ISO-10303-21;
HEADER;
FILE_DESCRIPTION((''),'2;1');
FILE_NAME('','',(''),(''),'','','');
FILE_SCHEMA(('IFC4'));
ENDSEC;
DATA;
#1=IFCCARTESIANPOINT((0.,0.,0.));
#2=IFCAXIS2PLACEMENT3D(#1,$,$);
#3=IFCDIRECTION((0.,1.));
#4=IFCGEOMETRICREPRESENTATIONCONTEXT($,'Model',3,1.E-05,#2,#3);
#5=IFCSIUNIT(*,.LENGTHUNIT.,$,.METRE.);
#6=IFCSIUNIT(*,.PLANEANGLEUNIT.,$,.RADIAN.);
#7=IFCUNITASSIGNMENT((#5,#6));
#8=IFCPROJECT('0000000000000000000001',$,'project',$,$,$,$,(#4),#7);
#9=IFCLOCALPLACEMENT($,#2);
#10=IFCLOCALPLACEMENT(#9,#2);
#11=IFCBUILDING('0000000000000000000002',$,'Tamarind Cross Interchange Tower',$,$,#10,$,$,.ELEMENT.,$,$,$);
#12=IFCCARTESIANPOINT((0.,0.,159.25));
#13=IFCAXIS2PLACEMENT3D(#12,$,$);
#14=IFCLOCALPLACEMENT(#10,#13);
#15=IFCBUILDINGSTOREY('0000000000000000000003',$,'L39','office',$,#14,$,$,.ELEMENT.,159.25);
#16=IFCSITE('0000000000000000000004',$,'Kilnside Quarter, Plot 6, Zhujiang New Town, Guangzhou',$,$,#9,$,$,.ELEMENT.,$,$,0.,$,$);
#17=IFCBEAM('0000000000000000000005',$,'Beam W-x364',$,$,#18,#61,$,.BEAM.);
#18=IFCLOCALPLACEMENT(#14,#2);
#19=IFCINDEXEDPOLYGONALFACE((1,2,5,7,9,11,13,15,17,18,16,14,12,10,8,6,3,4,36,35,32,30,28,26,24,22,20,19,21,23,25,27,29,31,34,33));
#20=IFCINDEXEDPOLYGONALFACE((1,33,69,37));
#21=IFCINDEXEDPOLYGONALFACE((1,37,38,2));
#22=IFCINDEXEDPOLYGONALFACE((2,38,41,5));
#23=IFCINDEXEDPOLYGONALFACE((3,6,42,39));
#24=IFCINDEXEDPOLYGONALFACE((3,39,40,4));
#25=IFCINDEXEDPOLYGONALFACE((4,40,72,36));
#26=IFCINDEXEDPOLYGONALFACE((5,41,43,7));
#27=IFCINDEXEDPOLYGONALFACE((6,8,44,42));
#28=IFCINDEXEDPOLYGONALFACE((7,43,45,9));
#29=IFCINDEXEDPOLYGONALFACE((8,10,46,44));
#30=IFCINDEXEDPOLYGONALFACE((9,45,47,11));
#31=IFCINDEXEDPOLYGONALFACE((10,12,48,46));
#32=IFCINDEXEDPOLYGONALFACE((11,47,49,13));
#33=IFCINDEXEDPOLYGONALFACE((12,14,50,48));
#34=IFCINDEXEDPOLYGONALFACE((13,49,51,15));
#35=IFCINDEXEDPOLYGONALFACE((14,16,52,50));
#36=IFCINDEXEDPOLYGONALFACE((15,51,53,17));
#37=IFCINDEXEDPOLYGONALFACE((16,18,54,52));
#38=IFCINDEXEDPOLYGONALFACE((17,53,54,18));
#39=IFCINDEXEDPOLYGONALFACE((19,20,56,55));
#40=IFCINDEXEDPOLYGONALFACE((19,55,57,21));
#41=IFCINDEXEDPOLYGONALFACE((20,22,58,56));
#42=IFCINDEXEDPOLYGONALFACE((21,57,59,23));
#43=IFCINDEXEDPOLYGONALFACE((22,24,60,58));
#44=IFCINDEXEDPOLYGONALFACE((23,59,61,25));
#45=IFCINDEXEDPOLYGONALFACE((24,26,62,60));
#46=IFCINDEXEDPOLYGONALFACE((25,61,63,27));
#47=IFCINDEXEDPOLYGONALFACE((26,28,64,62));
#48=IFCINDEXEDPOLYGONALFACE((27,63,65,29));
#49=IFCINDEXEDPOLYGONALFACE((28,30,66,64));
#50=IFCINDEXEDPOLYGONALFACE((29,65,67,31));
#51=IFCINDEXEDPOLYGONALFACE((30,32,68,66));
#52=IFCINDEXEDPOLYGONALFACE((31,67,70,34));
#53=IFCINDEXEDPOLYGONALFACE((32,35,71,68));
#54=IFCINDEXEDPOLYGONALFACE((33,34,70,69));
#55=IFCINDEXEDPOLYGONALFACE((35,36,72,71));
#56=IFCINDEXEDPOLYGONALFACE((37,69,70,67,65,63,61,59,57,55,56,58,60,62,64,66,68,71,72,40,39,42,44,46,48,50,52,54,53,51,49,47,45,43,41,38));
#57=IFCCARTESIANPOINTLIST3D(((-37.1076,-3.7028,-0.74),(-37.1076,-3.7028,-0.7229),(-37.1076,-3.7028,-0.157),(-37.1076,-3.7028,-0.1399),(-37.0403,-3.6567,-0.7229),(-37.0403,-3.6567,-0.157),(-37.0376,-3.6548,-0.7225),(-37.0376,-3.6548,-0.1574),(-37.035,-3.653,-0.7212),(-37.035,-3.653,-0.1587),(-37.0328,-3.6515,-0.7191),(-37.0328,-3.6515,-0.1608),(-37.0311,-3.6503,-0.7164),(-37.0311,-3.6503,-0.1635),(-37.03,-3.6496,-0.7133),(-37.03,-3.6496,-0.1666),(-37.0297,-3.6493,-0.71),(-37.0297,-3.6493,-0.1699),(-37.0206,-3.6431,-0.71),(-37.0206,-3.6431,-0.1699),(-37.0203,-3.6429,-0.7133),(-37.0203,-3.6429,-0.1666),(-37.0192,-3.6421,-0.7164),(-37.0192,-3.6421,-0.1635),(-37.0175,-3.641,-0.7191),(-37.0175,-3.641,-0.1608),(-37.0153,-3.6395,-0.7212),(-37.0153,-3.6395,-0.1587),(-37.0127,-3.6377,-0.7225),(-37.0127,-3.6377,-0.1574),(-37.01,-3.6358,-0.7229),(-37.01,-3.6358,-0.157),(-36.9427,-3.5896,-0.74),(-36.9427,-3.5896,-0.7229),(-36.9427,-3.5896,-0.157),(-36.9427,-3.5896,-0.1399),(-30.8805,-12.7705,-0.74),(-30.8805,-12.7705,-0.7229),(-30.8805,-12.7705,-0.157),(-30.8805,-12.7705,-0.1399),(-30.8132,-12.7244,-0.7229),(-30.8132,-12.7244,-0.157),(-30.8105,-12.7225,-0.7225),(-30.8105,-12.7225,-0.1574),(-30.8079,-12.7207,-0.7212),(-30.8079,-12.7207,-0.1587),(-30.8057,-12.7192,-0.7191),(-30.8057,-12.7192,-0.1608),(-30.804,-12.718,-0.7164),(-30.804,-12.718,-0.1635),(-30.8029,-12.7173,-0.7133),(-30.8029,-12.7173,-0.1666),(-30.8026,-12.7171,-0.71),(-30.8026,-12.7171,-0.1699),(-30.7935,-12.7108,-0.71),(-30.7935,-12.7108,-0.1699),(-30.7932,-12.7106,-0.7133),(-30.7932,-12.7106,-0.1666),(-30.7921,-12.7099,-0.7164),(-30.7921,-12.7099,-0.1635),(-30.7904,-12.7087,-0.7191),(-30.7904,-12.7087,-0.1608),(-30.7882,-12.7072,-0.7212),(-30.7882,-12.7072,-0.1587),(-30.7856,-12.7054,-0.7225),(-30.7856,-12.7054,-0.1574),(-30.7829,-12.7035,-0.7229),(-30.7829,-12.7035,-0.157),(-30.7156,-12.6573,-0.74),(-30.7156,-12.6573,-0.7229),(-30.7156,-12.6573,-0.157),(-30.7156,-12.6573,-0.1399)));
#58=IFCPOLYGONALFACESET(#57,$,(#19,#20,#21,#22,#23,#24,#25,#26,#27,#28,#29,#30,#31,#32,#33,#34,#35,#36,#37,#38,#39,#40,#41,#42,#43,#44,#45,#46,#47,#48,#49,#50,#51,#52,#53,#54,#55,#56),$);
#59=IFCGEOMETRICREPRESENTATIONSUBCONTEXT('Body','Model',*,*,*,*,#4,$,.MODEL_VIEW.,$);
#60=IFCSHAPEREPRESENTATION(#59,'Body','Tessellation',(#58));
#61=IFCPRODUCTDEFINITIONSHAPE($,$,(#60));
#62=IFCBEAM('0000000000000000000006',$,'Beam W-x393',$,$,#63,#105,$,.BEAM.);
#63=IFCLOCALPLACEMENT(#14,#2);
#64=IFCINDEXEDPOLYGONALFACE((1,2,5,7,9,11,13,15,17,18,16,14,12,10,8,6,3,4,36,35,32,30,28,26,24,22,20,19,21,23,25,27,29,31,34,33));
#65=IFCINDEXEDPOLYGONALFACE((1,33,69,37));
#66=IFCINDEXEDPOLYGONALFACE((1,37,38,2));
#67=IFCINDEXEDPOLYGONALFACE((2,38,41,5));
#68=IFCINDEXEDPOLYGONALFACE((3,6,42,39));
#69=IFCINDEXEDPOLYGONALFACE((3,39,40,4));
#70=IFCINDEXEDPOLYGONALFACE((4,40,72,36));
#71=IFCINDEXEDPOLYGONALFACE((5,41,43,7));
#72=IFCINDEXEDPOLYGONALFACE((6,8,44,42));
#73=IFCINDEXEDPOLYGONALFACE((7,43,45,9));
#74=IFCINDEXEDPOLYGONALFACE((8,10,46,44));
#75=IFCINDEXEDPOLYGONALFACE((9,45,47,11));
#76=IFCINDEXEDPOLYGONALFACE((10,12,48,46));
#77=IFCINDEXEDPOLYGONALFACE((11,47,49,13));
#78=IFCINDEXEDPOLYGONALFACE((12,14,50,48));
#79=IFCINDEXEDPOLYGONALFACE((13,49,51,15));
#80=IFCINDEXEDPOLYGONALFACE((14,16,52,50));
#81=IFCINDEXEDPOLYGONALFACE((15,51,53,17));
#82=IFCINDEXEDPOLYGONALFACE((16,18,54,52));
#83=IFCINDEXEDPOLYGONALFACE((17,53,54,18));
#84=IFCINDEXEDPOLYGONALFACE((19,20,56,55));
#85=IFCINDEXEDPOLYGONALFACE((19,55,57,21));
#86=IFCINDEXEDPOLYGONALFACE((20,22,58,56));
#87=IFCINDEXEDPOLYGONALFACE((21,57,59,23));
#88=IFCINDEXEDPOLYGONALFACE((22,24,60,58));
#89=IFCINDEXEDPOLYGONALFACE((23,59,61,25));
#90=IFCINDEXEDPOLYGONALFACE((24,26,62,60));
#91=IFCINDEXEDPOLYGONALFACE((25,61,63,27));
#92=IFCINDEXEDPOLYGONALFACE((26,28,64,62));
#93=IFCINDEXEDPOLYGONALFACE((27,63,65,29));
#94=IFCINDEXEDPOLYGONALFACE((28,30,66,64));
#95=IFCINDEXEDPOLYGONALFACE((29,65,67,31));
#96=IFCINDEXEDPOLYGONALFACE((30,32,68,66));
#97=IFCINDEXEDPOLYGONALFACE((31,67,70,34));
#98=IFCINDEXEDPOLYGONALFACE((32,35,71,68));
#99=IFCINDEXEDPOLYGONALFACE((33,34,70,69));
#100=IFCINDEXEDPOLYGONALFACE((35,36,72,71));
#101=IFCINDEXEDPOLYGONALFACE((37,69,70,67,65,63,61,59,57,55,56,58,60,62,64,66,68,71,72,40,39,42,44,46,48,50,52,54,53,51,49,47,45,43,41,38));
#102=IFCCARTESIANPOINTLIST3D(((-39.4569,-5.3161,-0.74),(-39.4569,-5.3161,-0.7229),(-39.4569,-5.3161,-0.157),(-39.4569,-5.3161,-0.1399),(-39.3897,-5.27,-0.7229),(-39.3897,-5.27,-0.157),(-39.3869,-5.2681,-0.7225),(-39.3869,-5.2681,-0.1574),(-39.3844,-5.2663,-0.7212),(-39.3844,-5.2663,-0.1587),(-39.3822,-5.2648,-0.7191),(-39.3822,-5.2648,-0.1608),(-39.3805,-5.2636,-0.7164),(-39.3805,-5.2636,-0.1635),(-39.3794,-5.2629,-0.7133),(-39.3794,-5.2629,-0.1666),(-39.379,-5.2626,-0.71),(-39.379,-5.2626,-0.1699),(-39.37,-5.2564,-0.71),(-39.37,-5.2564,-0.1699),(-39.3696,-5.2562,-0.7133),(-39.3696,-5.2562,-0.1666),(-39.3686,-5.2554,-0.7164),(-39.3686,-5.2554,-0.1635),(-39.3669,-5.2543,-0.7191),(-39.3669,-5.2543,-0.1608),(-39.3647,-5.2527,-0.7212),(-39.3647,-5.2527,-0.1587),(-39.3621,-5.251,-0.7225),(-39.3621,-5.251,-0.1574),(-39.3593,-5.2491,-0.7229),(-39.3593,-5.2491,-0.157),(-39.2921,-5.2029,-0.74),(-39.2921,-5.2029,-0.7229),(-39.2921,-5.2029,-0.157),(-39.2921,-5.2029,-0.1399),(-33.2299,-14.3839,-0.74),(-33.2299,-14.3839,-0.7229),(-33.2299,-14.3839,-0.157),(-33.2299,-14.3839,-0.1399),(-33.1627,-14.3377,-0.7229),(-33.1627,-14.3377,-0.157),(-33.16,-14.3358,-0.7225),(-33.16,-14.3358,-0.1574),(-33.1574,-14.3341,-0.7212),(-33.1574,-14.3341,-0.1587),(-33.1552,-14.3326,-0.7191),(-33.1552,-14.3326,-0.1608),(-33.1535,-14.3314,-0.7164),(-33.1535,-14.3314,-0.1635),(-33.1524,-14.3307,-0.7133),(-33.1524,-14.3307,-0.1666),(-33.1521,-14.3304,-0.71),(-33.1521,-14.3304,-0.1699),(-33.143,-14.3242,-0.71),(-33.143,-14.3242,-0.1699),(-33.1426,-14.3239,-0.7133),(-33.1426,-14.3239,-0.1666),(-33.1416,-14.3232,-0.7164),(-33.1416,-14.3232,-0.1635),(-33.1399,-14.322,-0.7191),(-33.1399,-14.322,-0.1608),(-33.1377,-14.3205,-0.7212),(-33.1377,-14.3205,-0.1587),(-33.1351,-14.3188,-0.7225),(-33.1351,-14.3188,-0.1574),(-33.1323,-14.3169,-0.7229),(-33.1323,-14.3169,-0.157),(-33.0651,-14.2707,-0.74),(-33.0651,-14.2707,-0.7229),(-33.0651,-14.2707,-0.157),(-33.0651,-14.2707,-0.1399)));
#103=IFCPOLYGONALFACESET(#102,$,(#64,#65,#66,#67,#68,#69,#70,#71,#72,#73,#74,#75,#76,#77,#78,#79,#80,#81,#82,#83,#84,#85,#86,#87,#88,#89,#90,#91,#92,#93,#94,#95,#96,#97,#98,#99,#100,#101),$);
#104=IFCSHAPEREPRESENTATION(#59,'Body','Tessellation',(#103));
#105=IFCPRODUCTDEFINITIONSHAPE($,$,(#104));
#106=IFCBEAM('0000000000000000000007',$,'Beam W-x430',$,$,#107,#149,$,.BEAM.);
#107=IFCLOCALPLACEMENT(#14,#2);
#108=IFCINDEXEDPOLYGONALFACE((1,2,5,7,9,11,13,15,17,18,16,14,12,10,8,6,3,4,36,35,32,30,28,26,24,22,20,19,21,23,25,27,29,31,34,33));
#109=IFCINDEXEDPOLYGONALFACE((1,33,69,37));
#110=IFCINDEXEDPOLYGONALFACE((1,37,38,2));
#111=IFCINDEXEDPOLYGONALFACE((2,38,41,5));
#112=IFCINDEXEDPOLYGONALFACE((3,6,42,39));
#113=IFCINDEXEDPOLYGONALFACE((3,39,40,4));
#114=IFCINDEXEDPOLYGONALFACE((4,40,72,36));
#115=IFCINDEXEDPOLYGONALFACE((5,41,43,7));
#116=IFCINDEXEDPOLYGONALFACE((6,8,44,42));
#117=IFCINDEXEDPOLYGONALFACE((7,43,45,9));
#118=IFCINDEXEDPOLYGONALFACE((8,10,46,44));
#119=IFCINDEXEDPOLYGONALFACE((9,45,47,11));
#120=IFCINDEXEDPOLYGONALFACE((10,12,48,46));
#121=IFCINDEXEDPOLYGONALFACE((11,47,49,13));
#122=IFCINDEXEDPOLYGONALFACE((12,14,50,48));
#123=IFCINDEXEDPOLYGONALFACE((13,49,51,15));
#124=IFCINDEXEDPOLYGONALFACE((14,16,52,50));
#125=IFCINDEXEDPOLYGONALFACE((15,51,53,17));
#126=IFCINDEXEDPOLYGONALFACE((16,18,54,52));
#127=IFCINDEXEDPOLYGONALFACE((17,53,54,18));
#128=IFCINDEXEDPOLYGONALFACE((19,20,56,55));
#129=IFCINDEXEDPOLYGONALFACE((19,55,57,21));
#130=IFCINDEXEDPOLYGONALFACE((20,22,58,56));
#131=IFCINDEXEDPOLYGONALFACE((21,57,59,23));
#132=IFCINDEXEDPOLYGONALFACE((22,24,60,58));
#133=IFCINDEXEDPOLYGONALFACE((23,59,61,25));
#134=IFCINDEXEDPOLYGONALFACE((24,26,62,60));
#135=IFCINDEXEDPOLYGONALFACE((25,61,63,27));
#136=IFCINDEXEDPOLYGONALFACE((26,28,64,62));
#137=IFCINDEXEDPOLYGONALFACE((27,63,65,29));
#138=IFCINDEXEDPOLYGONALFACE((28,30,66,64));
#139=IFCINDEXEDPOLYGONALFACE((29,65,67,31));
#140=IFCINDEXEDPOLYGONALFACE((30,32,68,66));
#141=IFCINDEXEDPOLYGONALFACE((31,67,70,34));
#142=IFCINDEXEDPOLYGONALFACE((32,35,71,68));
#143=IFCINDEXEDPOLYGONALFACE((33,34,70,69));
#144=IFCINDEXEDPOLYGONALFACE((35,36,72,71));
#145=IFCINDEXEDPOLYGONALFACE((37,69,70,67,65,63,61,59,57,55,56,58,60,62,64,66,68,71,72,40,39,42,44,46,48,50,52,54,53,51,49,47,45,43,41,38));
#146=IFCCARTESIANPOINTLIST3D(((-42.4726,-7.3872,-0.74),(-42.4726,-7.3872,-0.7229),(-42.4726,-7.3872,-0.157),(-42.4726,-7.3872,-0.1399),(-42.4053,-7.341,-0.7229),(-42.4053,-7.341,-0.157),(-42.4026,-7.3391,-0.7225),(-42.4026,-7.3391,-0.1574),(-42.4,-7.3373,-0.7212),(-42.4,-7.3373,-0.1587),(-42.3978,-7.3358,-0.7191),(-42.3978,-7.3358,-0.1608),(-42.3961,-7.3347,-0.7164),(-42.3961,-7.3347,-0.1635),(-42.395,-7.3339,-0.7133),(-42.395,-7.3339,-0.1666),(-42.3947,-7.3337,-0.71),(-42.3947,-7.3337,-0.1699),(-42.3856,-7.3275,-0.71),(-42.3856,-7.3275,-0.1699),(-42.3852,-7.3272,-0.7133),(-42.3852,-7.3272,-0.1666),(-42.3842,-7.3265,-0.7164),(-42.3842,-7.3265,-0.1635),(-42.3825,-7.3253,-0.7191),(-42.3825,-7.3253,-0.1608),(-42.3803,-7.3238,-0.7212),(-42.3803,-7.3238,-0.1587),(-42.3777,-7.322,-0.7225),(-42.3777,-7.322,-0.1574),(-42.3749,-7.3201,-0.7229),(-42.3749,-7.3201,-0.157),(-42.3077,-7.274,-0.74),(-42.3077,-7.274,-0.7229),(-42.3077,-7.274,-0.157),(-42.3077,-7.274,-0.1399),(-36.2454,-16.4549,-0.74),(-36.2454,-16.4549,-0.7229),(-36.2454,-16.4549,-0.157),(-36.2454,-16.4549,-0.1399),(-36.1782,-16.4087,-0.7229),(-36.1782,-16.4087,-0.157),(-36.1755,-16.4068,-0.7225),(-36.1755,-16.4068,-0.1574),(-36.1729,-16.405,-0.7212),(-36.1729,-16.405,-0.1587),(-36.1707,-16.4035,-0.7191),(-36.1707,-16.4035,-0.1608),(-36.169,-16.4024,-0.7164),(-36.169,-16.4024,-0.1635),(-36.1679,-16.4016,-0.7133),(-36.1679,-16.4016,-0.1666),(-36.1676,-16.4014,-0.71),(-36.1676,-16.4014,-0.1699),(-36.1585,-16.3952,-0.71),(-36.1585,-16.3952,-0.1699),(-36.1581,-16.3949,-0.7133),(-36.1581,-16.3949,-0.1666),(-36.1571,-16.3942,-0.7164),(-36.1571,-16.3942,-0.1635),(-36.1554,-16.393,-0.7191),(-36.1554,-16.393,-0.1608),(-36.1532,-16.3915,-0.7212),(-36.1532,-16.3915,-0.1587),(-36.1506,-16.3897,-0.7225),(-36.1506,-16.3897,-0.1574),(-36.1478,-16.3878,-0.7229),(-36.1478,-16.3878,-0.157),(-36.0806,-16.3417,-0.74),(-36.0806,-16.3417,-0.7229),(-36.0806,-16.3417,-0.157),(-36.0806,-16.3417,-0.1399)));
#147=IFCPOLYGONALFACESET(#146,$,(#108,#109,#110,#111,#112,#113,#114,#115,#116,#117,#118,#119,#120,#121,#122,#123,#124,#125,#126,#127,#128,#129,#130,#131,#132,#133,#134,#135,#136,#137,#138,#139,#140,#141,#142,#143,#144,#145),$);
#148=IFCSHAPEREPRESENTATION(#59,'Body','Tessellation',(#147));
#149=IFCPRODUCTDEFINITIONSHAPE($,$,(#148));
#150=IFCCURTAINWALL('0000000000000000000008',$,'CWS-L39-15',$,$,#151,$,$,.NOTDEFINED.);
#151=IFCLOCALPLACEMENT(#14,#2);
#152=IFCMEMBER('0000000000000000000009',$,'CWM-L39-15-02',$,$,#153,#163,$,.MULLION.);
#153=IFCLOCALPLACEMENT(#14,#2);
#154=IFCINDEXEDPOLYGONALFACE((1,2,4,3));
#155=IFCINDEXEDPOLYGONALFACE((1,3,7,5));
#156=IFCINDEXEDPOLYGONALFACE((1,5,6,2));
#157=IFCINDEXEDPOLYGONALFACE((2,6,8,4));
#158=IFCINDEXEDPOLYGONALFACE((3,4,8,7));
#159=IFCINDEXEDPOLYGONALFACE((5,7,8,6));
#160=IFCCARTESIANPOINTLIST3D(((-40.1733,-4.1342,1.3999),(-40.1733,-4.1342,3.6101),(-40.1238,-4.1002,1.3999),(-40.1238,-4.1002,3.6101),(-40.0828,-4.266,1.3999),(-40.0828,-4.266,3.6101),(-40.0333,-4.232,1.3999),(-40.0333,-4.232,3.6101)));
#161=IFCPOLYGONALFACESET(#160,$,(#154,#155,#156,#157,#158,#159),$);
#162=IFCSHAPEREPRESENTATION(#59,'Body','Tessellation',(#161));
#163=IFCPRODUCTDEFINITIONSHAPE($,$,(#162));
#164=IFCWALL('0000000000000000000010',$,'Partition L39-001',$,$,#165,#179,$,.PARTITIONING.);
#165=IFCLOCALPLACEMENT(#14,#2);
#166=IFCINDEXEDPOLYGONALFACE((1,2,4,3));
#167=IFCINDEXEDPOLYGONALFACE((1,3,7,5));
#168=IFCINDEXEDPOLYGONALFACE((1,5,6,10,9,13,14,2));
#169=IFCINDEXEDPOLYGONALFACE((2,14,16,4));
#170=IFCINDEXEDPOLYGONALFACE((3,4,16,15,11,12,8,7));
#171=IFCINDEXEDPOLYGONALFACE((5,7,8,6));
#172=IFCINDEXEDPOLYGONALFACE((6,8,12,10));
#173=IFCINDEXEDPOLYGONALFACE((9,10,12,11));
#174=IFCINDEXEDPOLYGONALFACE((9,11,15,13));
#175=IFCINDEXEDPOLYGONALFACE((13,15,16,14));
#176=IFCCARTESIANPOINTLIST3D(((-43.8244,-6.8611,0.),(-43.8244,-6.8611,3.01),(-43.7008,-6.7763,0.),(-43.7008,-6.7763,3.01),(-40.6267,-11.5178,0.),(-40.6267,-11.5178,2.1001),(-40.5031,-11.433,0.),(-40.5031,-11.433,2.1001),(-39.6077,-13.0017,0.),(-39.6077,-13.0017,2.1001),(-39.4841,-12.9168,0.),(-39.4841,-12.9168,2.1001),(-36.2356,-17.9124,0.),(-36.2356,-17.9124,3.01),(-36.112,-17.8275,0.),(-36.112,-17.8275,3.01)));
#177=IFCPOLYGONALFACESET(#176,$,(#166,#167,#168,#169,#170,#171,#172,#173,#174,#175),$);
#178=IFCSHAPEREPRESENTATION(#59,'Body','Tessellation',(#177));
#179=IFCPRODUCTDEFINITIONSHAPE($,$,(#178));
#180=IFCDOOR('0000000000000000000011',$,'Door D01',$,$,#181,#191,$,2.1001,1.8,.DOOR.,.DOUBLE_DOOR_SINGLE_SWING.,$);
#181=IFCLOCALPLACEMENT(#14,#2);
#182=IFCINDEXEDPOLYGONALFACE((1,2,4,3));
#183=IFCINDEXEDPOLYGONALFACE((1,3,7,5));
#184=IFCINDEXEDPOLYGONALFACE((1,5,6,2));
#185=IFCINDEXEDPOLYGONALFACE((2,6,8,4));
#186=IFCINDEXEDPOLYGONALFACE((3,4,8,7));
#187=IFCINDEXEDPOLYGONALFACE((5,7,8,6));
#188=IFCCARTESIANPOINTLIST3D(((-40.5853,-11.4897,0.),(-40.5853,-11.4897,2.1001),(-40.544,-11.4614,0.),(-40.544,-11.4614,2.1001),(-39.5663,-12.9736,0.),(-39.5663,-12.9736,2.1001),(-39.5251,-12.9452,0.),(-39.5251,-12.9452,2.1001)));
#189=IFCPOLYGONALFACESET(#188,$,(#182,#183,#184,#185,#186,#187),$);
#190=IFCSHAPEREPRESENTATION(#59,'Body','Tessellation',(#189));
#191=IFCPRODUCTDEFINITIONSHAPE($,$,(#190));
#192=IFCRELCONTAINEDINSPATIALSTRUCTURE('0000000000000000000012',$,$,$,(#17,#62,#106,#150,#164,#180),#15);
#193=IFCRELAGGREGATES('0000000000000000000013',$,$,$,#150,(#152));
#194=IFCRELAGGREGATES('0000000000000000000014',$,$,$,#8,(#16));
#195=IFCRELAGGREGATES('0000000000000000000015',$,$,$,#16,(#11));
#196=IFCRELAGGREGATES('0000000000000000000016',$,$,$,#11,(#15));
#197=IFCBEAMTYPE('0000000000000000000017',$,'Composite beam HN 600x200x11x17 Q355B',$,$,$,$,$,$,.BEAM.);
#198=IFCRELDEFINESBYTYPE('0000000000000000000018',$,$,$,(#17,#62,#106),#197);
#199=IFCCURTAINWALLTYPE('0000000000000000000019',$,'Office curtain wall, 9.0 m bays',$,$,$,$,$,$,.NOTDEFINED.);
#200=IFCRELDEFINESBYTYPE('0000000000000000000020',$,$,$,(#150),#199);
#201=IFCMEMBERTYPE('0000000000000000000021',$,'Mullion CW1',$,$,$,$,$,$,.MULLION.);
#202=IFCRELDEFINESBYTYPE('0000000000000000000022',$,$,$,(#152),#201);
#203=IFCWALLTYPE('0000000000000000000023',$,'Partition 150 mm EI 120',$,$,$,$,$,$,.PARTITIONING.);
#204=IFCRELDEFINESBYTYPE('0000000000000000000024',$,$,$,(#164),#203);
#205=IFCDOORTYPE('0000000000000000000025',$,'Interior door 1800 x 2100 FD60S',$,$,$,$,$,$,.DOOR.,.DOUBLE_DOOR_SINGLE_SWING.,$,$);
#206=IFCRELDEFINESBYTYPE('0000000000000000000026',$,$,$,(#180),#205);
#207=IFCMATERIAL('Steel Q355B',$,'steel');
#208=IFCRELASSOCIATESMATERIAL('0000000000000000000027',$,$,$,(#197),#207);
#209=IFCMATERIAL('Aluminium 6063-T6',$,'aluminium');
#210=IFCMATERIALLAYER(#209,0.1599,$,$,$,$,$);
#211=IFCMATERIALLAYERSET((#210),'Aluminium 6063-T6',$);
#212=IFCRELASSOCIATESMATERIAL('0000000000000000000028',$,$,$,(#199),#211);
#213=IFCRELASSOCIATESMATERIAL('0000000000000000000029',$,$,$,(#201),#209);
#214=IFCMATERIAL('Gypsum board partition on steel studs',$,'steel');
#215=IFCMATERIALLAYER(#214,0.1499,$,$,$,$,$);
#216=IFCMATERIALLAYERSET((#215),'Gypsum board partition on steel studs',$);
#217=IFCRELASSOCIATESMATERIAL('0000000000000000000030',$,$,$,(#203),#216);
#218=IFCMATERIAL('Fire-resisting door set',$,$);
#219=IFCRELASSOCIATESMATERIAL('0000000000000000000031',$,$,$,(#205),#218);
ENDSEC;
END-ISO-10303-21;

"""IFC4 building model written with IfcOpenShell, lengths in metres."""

from ifc_helpers import new_model, si_unit, direction, frame, frame_2d, origin, origin_2d, place, context, subcontext, project, spatial, rectangle, i_section, extrude, material, layer, layer_set, material_profile, profile_set, type_object, element, fill, aggregate, save


model = new_model("IFC4")

# Units and contexts
model_context = context("Model", 3, precision=1e-05, world=origin(), true_north=direction((0.0, 1.0)))
body_context = subcontext(model_context, "Body", "Model", "MODEL_VIEW")
ifc_project = project(units=[si_unit("LENGTHUNIT", "METRE"), si_unit("PLANEANGLEUNIT", "RADIAN")], contexts=[model_context])

# Site, building, storey
site_placement = place(None, origin())
site = spatial("IfcSite", under=ifc_project, at=site_placement, Name="Kilnside Quarter, Plot 6, Zhujiang New Town, Guangzhou", CompositionType="ELEMENT", RefElevation=0.0)
building_placement = place(site_placement, origin())
building = spatial("IfcBuilding", under=site, at=building_placement, Name="Tamarind Cross Interchange Tower", CompositionType="ELEMENT")
storey_placement = place(building_placement, frame((0.0, 0.0, 159.25)))
storey = spatial("IfcBuildingStorey", under=building, at=storey_placement, Name="L39", Description="office", CompositionType="ELEMENT", Elevation=159.25)

# Beams
ifc_material_1 = material(Name="Steel Q355B", Category="steel")
ifc_material_profile_1 = material_profile(ifc_material_1, i_section(OverallWidth=0.2, OverallDepth=0.6001, WebThickness=0.011, FlangeThickness=0.0171, FilletRadius=0.0129, at=origin_2d()), Name="HN 600x200x11x17")
ifc_profile_set_1 = profile_set([ifc_material_profile_1], Name="Steel Q355B")
beam_type_1 = type_object("IfcBeamType", Name="Composite beam HN 600x200x11x17 Q355B", PredefinedType="BEAM", material=ifc_profile_set_1)
for number, where, z_axis, x_axis, name in (
    (1, (-37.0251, -3.6462, -0.4399), (0.5661, -0.824336, 0.0), (0.824336, 0.5661, 0.0), "Beam W-x364"),
    (2, (-39.3745, -5.2595, -0.4399), (0.56609, -0.824344, 0.0), (0.824344, 0.56609, 0.0), "Beam W-x393"),
    (3, (-42.3901, -7.3306, -0.4399), (0.5661, -0.824336, 0.0), (0.824336, 0.5661, 0.0), "Beam W-x430"),
):
    element("IfcBeam", number, at=place(storey_placement, frame(where, z_axis=z_axis, x_axis=x_axis)), inside=storey, type_object=beam_type_1, Name=name, PredefinedType="BEAM", context=body_context, shape_type="SweptSolid", body=[
        extrude(i_section(OverallWidth=0.2, OverallDepth=0.6001, WebThickness=0.011, FlangeThickness=0.0171, FilletRadius=0.0129, at=origin_2d()), origin(), (0.0, 0.0, 1.0), 11.0),
    ])

# Curtain wall, member
ifc_material_2 = material(Name="Aluminium 6063-T6", Category="aluminium")
ifc_layer_1 = layer(ifc_material_2, 0.1599)
ifc_layer_set_1 = layer_set([ifc_layer_1], Name="Aluminium 6063-T6")
curtain_wall_type = type_object("IfcCurtainWallType", Name="Office curtain wall, 9.0 m bays", PredefinedType="NOTDEFINED", material=ifc_layer_set_1)
curtain_wall_placement = place(storey_placement, origin())
curtain_wall = element("IfcCurtainWall", 4, at=curtain_wall_placement, inside=storey, type_object=curtain_wall_type, Name="CWS-L39-15", PredefinedType="NOTDEFINED")
ifc_material_profile_2 = material_profile(ifc_material_2, rectangle(XDim=0.0601, YDim=0.1599, at=origin_2d()), Name="Mullion CW1")
ifc_profile_set_2 = profile_set([ifc_material_profile_2], Name="Aluminium 6063-T6")
member_type = type_object("IfcMemberType", Name="Mullion CW1", PredefinedType="MULLION", material=ifc_profile_set_2)
member_placement = place(storey_placement, frame((-40.1033, -4.1831, 1.3999), z_axis=(0.0, 0.0, 1.0), x_axis=(-0.82434, -0.566096, 0.0)))
member = element("IfcMember", 5, at=member_placement, type_object=member_type, Name="CWM-L39-15-02", PredefinedType="MULLION", context=body_context, shape_type="SweptSolid", body=[
    extrude(rectangle(XDim=0.0601, YDim=0.1599, at=origin_2d()), origin(), (0.0, 0.0, 1.0), 2.2102),
])
aggregate(curtain_wall, [member])

# Wall, opening, door
ifc_material_3 = material(Name="Gypsum board partition on steel studs", Category="steel")
ifc_layer_2 = layer(ifc_material_3, 0.1499)
ifc_layer_set_2 = layer_set([ifc_layer_2], Name="Gypsum board partition on steel studs")
wall_type = type_object("IfcWallType", Name="Partition 150 mm EI 120", PredefinedType="PARTITIONING", material=ifc_layer_set_2)
wall_1_placement = place(storey_placement, frame((-43.7627, -6.8186, 0.0), z_axis=(0.0, 0.0, 1.0), x_axis=(0.566079, -0.824351, 0.0)))
wall_1 = element("IfcWall", 6, at=wall_1_placement, inside=storey, type_object=wall_type, Name="Partition L39-001", PredefinedType="PARTITIONING", context=body_context, shape_type="SweptSolid", body=[
    extrude(rectangle(XDim=13.406, YDim=0.1499, at=frame_2d((6.7031, 0.0))), origin(), (0.0, 0.0, 1.0), 3.01),
])
opening_placement = place(wall_1_placement, frame((5.6492, 0.0, 0.0)))
opening = element("IfcOpeningElement", 7, at=opening_placement, cuts=wall_1, PredefinedType="OPENING", context=body_context, shape_type="SweptSolid", body=[
    extrude(rectangle(XDim=1.8, YDim=2.1001, at=frame_2d((0.8999, 1.05))), frame((0.0, 0.085, 0.0), z_axis=(0.0, -1.0, 0.0), x_axis=(1.0, 0.0, 0.0)), (0.0, 0.0, 1.0), 0.1699),
])
ifc_material_4 = material(Name="Fire-resisting door set")
door_type = type_object("IfcDoorType", Name="Interior door 1800 x 2100 FD60S", OperationType="DOUBLE_DOOR_SINGLE_SWING", PredefinedType="DOOR", material=ifc_material_4)
door_placement = place(opening_placement, frame((1.8, 0.0, 0.0), z_axis=(0.0, 0.0, 1.0), x_axis=(-1.0, 0.0, 0.0)))
door = element("IfcDoor", 8, at=door_placement, inside=storey, type_object=door_type, Name="Door D01", OperationType="DOUBLE_DOOR_SINGLE_SWING", OverallHeight=2.1001, OverallWidth=1.8, PredefinedType="DOOR", context=body_context, shape_type="SweptSolid", body=[
    extrude(rectangle(XDim=1.8, YDim=2.1001, at=frame_2d((0.8999, 1.05))), frame((0.0, 0.0249, 0.0), z_axis=(0.0, -1.0, 0.0), x_axis=(1.0, 0.0, 0.0)), (0.0, 0.0, 1.0), 0.05),
])
fill(opening, door)

save(model, "model.ifc")
